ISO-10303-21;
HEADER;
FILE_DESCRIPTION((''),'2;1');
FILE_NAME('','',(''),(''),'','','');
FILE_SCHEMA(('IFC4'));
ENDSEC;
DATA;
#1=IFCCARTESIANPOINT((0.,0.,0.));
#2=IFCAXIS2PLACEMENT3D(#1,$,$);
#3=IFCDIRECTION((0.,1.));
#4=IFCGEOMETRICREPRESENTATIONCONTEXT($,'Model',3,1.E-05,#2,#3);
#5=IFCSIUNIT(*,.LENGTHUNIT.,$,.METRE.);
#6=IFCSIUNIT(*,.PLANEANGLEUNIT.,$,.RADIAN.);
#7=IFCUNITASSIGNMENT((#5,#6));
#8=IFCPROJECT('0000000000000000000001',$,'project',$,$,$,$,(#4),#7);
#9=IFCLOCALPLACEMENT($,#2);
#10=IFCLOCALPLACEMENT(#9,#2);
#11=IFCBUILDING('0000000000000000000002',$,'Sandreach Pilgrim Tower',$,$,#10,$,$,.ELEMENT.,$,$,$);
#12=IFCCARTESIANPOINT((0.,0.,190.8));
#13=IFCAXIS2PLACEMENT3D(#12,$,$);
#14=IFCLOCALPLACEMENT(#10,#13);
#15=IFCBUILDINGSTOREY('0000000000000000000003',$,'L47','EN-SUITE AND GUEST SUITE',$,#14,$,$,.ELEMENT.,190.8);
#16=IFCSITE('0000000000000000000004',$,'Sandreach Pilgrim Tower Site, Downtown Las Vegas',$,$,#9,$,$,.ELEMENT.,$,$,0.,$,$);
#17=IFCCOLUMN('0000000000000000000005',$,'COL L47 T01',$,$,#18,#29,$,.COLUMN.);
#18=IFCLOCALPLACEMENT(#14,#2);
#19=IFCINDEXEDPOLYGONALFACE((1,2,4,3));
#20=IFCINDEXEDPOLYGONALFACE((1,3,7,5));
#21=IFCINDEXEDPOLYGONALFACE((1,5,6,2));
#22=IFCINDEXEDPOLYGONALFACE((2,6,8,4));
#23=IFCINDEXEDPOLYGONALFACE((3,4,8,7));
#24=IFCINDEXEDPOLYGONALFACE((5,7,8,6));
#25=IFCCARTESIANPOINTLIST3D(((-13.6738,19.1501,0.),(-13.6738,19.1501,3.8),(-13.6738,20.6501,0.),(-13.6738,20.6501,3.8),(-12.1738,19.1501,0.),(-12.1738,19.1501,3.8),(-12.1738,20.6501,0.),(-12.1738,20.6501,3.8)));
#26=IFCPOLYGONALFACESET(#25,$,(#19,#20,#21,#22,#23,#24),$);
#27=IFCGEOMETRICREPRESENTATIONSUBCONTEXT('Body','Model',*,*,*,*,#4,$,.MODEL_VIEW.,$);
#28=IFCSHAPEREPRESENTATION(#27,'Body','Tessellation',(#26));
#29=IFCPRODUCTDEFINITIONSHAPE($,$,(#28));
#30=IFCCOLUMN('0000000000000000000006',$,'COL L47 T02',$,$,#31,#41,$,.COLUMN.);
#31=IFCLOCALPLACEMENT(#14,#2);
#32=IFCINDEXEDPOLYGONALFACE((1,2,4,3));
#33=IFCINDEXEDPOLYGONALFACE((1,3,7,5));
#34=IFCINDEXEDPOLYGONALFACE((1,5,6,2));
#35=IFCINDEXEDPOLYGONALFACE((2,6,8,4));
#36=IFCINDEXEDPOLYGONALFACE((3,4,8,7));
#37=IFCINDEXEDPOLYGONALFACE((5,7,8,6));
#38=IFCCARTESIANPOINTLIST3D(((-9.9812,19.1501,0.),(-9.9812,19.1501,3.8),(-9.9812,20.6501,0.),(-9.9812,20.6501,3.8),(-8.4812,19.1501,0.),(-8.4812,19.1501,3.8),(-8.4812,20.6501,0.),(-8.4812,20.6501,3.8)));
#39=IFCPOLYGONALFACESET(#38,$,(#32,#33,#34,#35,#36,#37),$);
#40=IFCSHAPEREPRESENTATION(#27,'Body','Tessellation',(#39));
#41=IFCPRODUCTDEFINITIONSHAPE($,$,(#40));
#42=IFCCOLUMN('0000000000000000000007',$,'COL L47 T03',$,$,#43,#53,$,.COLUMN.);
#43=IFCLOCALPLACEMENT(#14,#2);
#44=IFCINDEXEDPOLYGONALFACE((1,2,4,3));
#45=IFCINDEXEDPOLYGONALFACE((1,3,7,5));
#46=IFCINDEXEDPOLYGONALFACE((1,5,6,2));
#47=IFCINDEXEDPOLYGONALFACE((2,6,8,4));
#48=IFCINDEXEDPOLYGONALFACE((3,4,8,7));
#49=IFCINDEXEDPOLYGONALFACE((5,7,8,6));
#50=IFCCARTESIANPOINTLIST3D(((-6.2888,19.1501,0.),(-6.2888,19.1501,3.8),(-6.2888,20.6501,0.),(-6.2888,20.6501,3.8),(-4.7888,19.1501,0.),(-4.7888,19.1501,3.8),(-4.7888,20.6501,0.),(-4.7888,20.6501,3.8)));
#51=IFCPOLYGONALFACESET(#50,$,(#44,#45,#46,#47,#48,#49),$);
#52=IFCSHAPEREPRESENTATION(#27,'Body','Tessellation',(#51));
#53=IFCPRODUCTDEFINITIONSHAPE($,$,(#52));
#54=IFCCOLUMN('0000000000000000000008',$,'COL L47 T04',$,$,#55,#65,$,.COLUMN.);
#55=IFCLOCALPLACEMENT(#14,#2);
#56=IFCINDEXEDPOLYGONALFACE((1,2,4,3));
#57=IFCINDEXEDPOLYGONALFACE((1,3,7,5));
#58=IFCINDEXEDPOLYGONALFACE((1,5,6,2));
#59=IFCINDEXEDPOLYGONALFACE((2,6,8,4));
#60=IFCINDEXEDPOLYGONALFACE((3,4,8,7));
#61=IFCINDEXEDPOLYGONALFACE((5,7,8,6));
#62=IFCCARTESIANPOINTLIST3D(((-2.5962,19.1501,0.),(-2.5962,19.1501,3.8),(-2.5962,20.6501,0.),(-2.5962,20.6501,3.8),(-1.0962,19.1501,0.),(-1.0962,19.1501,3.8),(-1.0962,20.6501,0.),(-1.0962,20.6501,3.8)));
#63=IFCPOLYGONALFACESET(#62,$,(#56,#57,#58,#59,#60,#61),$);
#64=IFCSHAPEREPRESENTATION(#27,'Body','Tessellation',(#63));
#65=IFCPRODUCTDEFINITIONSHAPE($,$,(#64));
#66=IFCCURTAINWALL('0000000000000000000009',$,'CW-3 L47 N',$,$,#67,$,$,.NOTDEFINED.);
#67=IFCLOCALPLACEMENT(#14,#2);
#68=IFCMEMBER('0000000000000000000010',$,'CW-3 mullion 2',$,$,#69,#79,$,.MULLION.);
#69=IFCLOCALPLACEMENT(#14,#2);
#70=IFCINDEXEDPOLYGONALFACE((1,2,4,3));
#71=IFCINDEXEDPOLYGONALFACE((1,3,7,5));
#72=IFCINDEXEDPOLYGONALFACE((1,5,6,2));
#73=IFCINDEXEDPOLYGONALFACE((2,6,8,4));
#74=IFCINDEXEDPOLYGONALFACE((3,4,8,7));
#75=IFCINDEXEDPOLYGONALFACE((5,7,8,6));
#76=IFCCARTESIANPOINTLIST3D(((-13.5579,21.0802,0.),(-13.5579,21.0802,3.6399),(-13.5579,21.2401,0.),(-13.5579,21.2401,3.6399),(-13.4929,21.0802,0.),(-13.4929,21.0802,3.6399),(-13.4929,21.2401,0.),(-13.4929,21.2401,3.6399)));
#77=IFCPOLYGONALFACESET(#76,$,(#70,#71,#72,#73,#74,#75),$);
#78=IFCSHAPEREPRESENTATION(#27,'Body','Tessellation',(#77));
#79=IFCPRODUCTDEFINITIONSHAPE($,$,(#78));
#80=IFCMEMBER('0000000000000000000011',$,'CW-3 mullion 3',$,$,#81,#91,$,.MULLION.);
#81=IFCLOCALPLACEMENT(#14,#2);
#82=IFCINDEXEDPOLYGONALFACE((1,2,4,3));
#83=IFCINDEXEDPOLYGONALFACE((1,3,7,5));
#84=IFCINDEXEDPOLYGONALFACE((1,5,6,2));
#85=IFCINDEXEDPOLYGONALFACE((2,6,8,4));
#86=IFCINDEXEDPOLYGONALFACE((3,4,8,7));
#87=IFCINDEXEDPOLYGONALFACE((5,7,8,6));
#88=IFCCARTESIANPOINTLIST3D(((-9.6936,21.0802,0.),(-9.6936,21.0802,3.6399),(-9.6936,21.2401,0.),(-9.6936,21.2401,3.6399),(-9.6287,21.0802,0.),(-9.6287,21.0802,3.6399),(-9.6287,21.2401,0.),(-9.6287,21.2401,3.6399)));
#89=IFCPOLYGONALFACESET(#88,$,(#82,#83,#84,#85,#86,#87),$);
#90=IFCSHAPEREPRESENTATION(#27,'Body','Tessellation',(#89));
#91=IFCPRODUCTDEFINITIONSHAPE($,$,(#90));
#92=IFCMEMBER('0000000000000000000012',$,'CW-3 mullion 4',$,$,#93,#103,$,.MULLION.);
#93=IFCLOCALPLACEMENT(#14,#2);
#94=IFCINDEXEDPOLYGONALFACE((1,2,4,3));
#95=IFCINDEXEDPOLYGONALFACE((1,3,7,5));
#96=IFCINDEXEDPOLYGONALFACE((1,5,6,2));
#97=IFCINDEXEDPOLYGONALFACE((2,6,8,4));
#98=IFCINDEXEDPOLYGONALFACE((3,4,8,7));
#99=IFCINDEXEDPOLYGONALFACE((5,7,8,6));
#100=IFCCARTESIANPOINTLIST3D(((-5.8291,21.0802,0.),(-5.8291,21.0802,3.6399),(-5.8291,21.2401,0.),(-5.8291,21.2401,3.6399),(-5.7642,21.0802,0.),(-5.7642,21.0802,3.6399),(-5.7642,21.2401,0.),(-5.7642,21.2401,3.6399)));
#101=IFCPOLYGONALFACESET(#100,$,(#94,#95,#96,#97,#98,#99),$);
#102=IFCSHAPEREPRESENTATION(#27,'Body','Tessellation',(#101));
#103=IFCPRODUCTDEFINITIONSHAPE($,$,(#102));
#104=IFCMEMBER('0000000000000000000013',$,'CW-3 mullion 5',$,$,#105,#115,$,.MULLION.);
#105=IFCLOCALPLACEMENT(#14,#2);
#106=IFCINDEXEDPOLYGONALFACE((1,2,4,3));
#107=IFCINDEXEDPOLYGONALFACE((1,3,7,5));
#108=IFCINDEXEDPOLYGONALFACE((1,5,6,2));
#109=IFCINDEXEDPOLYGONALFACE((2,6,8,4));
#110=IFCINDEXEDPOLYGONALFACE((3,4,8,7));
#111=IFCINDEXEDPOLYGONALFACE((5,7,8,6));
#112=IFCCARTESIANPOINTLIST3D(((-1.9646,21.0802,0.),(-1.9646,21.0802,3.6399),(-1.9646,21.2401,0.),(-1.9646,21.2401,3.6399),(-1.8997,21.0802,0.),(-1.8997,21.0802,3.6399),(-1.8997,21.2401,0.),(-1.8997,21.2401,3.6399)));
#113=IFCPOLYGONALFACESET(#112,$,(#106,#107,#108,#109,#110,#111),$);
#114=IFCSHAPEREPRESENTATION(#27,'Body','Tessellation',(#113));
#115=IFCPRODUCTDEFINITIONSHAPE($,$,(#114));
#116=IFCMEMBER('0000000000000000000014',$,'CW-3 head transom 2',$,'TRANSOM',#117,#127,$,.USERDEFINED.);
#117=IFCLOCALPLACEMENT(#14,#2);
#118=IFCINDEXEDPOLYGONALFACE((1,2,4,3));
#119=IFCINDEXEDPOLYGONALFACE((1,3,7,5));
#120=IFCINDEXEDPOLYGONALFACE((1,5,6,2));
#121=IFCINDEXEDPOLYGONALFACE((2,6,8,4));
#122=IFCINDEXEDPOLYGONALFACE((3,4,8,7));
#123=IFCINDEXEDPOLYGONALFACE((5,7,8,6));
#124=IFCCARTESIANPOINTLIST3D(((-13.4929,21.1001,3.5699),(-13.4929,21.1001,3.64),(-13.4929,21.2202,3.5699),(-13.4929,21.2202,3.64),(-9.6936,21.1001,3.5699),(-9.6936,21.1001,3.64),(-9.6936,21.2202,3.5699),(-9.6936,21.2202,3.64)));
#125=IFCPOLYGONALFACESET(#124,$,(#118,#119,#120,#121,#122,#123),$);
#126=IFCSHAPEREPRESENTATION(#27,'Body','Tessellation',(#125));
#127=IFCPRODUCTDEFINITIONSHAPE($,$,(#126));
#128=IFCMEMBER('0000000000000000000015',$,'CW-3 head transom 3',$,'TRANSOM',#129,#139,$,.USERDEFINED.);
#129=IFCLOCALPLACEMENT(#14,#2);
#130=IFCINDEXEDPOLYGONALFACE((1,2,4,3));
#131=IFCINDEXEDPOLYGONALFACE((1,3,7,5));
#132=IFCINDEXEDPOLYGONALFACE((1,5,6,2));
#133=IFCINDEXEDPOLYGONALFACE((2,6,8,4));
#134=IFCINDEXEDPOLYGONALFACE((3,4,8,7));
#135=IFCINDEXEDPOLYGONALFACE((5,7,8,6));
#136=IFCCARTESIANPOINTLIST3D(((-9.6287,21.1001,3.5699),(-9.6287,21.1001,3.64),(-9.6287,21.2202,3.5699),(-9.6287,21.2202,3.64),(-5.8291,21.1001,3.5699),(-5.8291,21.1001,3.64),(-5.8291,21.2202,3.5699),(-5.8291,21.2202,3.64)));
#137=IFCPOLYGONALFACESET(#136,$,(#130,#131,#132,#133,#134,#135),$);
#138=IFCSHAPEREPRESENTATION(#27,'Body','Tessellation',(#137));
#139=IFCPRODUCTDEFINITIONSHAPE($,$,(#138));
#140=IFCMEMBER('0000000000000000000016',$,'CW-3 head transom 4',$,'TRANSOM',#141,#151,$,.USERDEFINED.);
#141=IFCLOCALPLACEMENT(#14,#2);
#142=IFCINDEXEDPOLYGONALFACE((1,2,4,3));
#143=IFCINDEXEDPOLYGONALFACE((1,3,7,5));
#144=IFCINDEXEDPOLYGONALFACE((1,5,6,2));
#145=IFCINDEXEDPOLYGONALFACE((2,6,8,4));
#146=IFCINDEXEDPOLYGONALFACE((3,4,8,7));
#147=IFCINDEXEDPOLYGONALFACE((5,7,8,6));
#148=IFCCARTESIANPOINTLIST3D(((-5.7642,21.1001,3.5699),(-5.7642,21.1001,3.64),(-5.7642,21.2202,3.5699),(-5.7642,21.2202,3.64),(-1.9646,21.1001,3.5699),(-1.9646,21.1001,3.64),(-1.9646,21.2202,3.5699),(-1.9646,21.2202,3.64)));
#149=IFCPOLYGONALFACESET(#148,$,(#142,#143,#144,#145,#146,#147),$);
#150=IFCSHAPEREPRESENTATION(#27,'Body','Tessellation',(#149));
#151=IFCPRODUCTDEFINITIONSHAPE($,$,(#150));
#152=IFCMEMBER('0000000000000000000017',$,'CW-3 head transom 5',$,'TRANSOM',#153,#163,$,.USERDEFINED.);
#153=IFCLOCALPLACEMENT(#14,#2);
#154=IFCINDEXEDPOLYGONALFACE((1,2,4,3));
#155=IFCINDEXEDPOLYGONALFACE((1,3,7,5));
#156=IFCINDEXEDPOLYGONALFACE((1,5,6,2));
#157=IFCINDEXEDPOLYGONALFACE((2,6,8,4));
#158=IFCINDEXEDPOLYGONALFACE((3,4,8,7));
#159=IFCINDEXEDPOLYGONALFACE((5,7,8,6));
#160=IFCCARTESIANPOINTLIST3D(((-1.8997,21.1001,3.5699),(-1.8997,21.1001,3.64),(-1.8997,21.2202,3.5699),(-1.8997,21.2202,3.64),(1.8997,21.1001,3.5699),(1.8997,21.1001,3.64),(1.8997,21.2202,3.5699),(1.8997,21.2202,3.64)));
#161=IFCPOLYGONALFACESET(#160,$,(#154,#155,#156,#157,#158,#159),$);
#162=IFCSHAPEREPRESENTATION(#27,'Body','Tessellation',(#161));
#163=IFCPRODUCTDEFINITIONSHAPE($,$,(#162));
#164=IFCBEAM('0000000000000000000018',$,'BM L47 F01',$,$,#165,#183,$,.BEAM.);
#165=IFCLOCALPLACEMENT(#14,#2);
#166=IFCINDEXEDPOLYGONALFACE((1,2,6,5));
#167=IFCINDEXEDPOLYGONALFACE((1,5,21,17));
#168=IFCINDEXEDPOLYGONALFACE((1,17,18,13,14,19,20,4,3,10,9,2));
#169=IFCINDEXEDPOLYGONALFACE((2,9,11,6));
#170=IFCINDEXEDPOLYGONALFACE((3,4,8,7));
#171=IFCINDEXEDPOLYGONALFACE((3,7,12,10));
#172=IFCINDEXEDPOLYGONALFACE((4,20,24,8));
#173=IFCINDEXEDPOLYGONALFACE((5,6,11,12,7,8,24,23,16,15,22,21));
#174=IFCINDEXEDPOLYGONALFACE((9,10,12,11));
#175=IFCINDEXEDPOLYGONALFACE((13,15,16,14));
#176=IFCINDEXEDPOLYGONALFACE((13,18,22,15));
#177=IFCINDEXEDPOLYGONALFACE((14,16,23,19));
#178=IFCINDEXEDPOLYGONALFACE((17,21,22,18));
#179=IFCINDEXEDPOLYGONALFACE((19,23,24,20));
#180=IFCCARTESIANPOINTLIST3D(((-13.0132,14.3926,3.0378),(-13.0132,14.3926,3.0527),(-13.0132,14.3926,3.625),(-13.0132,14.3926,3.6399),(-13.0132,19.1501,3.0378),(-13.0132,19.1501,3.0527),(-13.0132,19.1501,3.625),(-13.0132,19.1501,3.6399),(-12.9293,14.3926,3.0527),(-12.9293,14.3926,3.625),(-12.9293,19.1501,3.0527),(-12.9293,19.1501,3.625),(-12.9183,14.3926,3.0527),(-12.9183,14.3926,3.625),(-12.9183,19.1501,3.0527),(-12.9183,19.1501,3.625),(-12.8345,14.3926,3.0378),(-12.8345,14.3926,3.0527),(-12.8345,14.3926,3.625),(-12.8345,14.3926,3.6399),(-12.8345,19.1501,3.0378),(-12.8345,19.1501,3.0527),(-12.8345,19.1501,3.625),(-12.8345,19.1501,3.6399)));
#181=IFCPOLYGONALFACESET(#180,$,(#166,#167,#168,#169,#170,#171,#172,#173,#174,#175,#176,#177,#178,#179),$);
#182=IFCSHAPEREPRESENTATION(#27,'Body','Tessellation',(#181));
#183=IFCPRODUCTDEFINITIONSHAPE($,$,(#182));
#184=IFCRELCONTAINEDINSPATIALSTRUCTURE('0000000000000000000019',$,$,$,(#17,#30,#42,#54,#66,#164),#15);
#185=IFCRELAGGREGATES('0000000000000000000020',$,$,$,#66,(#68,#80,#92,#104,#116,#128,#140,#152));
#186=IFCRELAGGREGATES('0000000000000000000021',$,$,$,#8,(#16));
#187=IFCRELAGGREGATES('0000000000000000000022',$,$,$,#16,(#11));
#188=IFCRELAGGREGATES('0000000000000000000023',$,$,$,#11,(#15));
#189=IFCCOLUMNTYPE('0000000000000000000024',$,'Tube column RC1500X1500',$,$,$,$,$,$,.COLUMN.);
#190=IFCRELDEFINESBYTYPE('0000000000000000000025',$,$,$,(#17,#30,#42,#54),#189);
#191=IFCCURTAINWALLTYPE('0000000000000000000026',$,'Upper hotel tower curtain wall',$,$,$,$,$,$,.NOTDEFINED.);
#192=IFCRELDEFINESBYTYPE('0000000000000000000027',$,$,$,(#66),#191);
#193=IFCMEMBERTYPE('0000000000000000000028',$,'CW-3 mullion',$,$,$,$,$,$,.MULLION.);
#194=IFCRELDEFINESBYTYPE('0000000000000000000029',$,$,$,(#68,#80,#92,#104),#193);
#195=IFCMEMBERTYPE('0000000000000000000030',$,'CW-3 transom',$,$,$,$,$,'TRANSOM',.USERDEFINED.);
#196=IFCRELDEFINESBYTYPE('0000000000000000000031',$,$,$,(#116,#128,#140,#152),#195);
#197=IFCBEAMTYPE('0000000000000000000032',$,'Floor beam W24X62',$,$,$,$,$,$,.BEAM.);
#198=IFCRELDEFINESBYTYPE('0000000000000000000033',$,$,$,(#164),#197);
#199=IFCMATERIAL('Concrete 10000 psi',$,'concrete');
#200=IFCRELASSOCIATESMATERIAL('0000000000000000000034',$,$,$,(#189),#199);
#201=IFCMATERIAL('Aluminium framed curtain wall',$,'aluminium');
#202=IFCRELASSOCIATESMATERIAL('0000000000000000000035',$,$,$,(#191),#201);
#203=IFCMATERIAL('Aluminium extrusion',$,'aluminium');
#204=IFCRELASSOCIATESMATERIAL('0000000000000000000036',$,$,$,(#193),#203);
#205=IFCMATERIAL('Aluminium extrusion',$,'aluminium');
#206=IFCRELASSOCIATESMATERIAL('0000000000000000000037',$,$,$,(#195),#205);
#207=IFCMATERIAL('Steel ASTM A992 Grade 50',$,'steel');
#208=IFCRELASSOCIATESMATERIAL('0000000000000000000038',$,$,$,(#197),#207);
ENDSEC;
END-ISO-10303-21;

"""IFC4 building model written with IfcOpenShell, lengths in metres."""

from ifc_helpers import new_model, si_unit, direction, frame, origin, origin_2d, place, context, subcontext, project, spatial, rectangle, i_section, extrude, material, material_profile, profile_set, type_object, element, aggregate, save


model = new_model("IFC4")

# Units and contexts
model_context = context("Model", 3, precision=1e-05, world=origin(), true_north=direction((0.0, 1.0)))
body_context = subcontext(model_context, "Body", "Model", "MODEL_VIEW")
ifc_project = project(units=[si_unit("LENGTHUNIT", "METRE"), si_unit("PLANEANGLEUNIT", "RADIAN")], contexts=[model_context])

# Site, building, storey
site_placement = place(None, origin())
site = spatial("IfcSite", under=ifc_project, at=site_placement, Name="Sandreach Pilgrim Tower Site, Downtown Las Vegas", CompositionType="ELEMENT", RefElevation=0.0)
building_placement = place(site_placement, origin())
building = spatial("IfcBuilding", under=site, at=building_placement, Name="Sandreach Pilgrim Tower", CompositionType="ELEMENT")
storey_placement = place(building_placement, frame((0.0, 0.0, 190.8)))
storey = spatial("IfcBuildingStorey", under=building, at=storey_placement, Name="L47", Description="EN-SUITE AND GUEST SUITE", CompositionType="ELEMENT", Elevation=190.8)

# Columns
ifc_material_1 = material(Name="Concrete 10000 psi", Category="concrete")
ifc_material_profile_1 = material_profile(ifc_material_1, rectangle(XDim=1.5, YDim=1.5, at=origin_2d()), Name="RC1500X1500")
ifc_profile_set_1 = profile_set([ifc_material_profile_1], Name="Concrete 10000 psi")
column_type = type_object("IfcColumnType", Name="Tube column RC1500X1500", PredefinedType="COLUMN", material=ifc_profile_set_1)
for number, where, z_axis, x_axis, name in (
    (1, (-12.9238, 19.9001, 0.0), (0.0, 0.0, 1.0), (0.0, 1.0, 0.0), "COL L47 T01"),
    (2, (-9.2312, 19.9001, 0.0), (0.0, 0.0, 1.0), (0.0, 1.0, 0.0), "COL L47 T02"),
    (3, (-5.5388, 19.9001, 0.0), (0.0, 0.0, 1.0), (0.0, 1.0, 0.0), "COL L47 T03"),
    (4, (-1.8462, 19.9001, 0.0), (0.0, 0.0, 1.0), (0.0, 1.0, 0.0), "COL L47 T04"),
):
    element("IfcColumn", number, at=place(storey_placement, frame(where, z_axis=z_axis, x_axis=x_axis)), inside=storey, type_object=column_type, Name=name, PredefinedType="COLUMN", context=body_context, shape_type="SweptSolid", body=[
        extrude(rectangle(XDim=1.5, YDim=1.5, at=origin_2d()), origin(), (0.0, 0.0, 1.0), 3.8),
    ])

# Curtain wall, members
ifc_material_2 = material(Name="Aluminium framed curtain wall", Category="aluminium")
curtain_wall_type = type_object("IfcCurtainWallType", Name="Upper hotel tower curtain wall", PredefinedType="NOTDEFINED", material=ifc_material_2)
curtain_wall_placement = place(storey_placement, origin())
curtain_wall = element("IfcCurtainWall", 5, at=curtain_wall_placement, inside=storey, type_object=curtain_wall_type, Name="CW-3 L47 N", PredefinedType="NOTDEFINED")
ifc_material_3 = material(Name="Aluminium extrusion", Category="aluminium")
ifc_material_profile_2 = material_profile(ifc_material_3, rectangle(XDim=0.0649, YDim=0.1599, at=origin_2d()), Name="CW-3M 65X160")
ifc_profile_set_2 = profile_set([ifc_material_profile_2], Name="Aluminium extrusion")
member_type_1 = type_object("IfcMemberType", Name="CW-3 mullion", PredefinedType="MULLION", material=ifc_profile_set_2)
member_1_placement = place(storey_placement, frame((-13.5254, 21.1602, 0.0), z_axis=(0.0, 0.0, 1.0), x_axis=(1.0, 0.0, 0.0)))
member_1 = element("IfcMember", 6, at=member_1_placement, type_object=member_type_1, Name="CW-3 mullion 2", PredefinedType="MULLION", context=body_context, shape_type="SweptSolid", body=[
    extrude(rectangle(XDim=0.0649, YDim=0.1599, at=origin_2d()), origin(), (0.0, 0.0, 1.0), 3.6399),
])
member_2_placement = place(storey_placement, frame((-9.6611, 21.1602, 0.0), z_axis=(0.0, 0.0, 1.0), x_axis=(1.0, 0.0, 0.0)))
member_2 = element("IfcMember", 7, at=member_2_placement, type_object=member_type_1, Name="CW-3 mullion 3", PredefinedType="MULLION", context=body_context, shape_type="SweptSolid", body=[
    extrude(rectangle(XDim=0.0649, YDim=0.1599, at=origin_2d()), origin(), (0.0, 0.0, 1.0), 3.6399),
])
member_3_placement = place(storey_placement, frame((-5.7966, 21.1602, 0.0), z_axis=(0.0, 0.0, 1.0), x_axis=(1.0, 0.0, 0.0)))
member_3 = element("IfcMember", 8, at=member_3_placement, type_object=member_type_1, Name="CW-3 mullion 4", PredefinedType="MULLION", context=body_context, shape_type="SweptSolid", body=[
    extrude(rectangle(XDim=0.0649, YDim=0.1599, at=origin_2d()), origin(), (0.0, 0.0, 1.0), 3.6399),
])
member_4_placement = place(storey_placement, frame((-1.9321, 21.1602, 0.0), z_axis=(0.0, 0.0, 1.0), x_axis=(1.0, 0.0, 0.0)))
member_4 = element("IfcMember", 9, at=member_4_placement, type_object=member_type_1, Name="CW-3 mullion 5", PredefinedType="MULLION", context=body_context, shape_type="SweptSolid", body=[
    extrude(rectangle(XDim=0.0649, YDim=0.1599, at=origin_2d()), origin(), (0.0, 0.0, 1.0), 3.6399),
])
ifc_material_4 = material(Name="Aluminium extrusion", Category="aluminium")
ifc_material_profile_3 = material_profile(ifc_material_4, rectangle(XDim=0.1201, YDim=0.0701, at=origin_2d()), Name="CW-3T 120X70")
ifc_profile_set_3 = profile_set([ifc_material_profile_3], Name="Aluminium extrusion")
member_type_2 = type_object("IfcMemberType", Name="CW-3 transom", ElementType="TRANSOM", PredefinedType="USERDEFINED", material=ifc_profile_set_3)
member_5_placement = place(storey_placement, frame((-13.4929, 21.1602, 3.605), z_axis=(1.0, 0.0, 0.0), x_axis=(0.0, 1.0, 0.0)))
member_5 = element("IfcMember", 10, at=member_5_placement, type_object=member_type_2, Name="CW-3 head transom 2", ObjectType="TRANSOM", PredefinedType="USERDEFINED", context=body_context, shape_type="SweptSolid", body=[
    extrude(rectangle(XDim=0.1201, YDim=0.0701, at=origin_2d()), origin(), (0.0, 0.0, 1.0), 3.7993),
])
member_6_placement = place(storey_placement, frame((-9.6287, 21.1602, 3.605), z_axis=(1.0, 0.0, 0.0), x_axis=(0.0, 1.0, 0.0)))
member_6 = element("IfcMember", 11, at=member_6_placement, type_object=member_type_2, Name="CW-3 head transom 3", ObjectType="TRANSOM", PredefinedType="USERDEFINED", context=body_context, shape_type="SweptSolid", body=[
    extrude(rectangle(XDim=0.1201, YDim=0.0701, at=origin_2d()), origin(), (0.0, 0.0, 1.0), 3.7996),
])
member_7_placement = place(storey_placement, frame((-5.7642, 21.1602, 3.605), z_axis=(1.0, 0.0, 0.0), x_axis=(0.0, 1.0, 0.0)))
member_7 = element("IfcMember", 12, at=member_7_placement, type_object=member_type_2, Name="CW-3 head transom 4", ObjectType="TRANSOM", PredefinedType="USERDEFINED", context=body_context, shape_type="SweptSolid", body=[
    extrude(rectangle(XDim=0.1201, YDim=0.0701, at=origin_2d()), origin(), (0.0, 0.0, 1.0), 3.7996),
])
member_8_placement = place(storey_placement, frame((-1.8997, 21.1602, 3.605), z_axis=(1.0, 0.0, 0.0), x_axis=(0.0, 1.0, 0.0)))
member_8 = element("IfcMember", 13, at=member_8_placement, type_object=member_type_2, Name="CW-3 head transom 5", ObjectType="TRANSOM", PredefinedType="USERDEFINED", context=body_context, shape_type="SweptSolid", body=[
    extrude(rectangle(XDim=0.1201, YDim=0.0701, at=origin_2d()), origin(), (0.0, 0.0, 1.0), 3.7993),
])

# Beam
ifc_material_5 = material(Name="Steel ASTM A992 Grade 50", Category="steel")
ifc_material_profile_4 = material_profile(ifc_material_5, i_section(OverallWidth=0.1787, OverallDepth=0.6021, WebThickness=0.011, FlangeThickness=0.0149, at=origin_2d()), Name="W24X62")
ifc_profile_set_4 = profile_set([ifc_material_profile_4], Name="Steel ASTM A992 Grade 50")
beam_type_1 = type_object("IfcBeamType", Name="Floor beam W24X62", PredefinedType="BEAM", material=ifc_profile_set_4)
beam_1_placement = place(storey_placement, frame((-12.9238, 19.1501, 3.3389), z_axis=(0.0, -1.0, 0.0), x_axis=(1.0, 0.0, 0.0)))
element("IfcBeam", 14, at=beam_1_placement, inside=storey, type_object=beam_type_1, Name="BM L47 F01", PredefinedType="BEAM", context=body_context, shape_type="SweptSolid", body=[
    extrude(i_section(OverallWidth=0.1787, OverallDepth=0.6021, WebThickness=0.011, FlangeThickness=0.0149, at=origin_2d()), origin(), (0.0, 0.0, 1.0), 4.7576),
])

aggregate(curtain_wall, [member_1, member_2, member_3, member_4, member_5, member_6, member_7, member_8])

save(model, "model.ifc")
